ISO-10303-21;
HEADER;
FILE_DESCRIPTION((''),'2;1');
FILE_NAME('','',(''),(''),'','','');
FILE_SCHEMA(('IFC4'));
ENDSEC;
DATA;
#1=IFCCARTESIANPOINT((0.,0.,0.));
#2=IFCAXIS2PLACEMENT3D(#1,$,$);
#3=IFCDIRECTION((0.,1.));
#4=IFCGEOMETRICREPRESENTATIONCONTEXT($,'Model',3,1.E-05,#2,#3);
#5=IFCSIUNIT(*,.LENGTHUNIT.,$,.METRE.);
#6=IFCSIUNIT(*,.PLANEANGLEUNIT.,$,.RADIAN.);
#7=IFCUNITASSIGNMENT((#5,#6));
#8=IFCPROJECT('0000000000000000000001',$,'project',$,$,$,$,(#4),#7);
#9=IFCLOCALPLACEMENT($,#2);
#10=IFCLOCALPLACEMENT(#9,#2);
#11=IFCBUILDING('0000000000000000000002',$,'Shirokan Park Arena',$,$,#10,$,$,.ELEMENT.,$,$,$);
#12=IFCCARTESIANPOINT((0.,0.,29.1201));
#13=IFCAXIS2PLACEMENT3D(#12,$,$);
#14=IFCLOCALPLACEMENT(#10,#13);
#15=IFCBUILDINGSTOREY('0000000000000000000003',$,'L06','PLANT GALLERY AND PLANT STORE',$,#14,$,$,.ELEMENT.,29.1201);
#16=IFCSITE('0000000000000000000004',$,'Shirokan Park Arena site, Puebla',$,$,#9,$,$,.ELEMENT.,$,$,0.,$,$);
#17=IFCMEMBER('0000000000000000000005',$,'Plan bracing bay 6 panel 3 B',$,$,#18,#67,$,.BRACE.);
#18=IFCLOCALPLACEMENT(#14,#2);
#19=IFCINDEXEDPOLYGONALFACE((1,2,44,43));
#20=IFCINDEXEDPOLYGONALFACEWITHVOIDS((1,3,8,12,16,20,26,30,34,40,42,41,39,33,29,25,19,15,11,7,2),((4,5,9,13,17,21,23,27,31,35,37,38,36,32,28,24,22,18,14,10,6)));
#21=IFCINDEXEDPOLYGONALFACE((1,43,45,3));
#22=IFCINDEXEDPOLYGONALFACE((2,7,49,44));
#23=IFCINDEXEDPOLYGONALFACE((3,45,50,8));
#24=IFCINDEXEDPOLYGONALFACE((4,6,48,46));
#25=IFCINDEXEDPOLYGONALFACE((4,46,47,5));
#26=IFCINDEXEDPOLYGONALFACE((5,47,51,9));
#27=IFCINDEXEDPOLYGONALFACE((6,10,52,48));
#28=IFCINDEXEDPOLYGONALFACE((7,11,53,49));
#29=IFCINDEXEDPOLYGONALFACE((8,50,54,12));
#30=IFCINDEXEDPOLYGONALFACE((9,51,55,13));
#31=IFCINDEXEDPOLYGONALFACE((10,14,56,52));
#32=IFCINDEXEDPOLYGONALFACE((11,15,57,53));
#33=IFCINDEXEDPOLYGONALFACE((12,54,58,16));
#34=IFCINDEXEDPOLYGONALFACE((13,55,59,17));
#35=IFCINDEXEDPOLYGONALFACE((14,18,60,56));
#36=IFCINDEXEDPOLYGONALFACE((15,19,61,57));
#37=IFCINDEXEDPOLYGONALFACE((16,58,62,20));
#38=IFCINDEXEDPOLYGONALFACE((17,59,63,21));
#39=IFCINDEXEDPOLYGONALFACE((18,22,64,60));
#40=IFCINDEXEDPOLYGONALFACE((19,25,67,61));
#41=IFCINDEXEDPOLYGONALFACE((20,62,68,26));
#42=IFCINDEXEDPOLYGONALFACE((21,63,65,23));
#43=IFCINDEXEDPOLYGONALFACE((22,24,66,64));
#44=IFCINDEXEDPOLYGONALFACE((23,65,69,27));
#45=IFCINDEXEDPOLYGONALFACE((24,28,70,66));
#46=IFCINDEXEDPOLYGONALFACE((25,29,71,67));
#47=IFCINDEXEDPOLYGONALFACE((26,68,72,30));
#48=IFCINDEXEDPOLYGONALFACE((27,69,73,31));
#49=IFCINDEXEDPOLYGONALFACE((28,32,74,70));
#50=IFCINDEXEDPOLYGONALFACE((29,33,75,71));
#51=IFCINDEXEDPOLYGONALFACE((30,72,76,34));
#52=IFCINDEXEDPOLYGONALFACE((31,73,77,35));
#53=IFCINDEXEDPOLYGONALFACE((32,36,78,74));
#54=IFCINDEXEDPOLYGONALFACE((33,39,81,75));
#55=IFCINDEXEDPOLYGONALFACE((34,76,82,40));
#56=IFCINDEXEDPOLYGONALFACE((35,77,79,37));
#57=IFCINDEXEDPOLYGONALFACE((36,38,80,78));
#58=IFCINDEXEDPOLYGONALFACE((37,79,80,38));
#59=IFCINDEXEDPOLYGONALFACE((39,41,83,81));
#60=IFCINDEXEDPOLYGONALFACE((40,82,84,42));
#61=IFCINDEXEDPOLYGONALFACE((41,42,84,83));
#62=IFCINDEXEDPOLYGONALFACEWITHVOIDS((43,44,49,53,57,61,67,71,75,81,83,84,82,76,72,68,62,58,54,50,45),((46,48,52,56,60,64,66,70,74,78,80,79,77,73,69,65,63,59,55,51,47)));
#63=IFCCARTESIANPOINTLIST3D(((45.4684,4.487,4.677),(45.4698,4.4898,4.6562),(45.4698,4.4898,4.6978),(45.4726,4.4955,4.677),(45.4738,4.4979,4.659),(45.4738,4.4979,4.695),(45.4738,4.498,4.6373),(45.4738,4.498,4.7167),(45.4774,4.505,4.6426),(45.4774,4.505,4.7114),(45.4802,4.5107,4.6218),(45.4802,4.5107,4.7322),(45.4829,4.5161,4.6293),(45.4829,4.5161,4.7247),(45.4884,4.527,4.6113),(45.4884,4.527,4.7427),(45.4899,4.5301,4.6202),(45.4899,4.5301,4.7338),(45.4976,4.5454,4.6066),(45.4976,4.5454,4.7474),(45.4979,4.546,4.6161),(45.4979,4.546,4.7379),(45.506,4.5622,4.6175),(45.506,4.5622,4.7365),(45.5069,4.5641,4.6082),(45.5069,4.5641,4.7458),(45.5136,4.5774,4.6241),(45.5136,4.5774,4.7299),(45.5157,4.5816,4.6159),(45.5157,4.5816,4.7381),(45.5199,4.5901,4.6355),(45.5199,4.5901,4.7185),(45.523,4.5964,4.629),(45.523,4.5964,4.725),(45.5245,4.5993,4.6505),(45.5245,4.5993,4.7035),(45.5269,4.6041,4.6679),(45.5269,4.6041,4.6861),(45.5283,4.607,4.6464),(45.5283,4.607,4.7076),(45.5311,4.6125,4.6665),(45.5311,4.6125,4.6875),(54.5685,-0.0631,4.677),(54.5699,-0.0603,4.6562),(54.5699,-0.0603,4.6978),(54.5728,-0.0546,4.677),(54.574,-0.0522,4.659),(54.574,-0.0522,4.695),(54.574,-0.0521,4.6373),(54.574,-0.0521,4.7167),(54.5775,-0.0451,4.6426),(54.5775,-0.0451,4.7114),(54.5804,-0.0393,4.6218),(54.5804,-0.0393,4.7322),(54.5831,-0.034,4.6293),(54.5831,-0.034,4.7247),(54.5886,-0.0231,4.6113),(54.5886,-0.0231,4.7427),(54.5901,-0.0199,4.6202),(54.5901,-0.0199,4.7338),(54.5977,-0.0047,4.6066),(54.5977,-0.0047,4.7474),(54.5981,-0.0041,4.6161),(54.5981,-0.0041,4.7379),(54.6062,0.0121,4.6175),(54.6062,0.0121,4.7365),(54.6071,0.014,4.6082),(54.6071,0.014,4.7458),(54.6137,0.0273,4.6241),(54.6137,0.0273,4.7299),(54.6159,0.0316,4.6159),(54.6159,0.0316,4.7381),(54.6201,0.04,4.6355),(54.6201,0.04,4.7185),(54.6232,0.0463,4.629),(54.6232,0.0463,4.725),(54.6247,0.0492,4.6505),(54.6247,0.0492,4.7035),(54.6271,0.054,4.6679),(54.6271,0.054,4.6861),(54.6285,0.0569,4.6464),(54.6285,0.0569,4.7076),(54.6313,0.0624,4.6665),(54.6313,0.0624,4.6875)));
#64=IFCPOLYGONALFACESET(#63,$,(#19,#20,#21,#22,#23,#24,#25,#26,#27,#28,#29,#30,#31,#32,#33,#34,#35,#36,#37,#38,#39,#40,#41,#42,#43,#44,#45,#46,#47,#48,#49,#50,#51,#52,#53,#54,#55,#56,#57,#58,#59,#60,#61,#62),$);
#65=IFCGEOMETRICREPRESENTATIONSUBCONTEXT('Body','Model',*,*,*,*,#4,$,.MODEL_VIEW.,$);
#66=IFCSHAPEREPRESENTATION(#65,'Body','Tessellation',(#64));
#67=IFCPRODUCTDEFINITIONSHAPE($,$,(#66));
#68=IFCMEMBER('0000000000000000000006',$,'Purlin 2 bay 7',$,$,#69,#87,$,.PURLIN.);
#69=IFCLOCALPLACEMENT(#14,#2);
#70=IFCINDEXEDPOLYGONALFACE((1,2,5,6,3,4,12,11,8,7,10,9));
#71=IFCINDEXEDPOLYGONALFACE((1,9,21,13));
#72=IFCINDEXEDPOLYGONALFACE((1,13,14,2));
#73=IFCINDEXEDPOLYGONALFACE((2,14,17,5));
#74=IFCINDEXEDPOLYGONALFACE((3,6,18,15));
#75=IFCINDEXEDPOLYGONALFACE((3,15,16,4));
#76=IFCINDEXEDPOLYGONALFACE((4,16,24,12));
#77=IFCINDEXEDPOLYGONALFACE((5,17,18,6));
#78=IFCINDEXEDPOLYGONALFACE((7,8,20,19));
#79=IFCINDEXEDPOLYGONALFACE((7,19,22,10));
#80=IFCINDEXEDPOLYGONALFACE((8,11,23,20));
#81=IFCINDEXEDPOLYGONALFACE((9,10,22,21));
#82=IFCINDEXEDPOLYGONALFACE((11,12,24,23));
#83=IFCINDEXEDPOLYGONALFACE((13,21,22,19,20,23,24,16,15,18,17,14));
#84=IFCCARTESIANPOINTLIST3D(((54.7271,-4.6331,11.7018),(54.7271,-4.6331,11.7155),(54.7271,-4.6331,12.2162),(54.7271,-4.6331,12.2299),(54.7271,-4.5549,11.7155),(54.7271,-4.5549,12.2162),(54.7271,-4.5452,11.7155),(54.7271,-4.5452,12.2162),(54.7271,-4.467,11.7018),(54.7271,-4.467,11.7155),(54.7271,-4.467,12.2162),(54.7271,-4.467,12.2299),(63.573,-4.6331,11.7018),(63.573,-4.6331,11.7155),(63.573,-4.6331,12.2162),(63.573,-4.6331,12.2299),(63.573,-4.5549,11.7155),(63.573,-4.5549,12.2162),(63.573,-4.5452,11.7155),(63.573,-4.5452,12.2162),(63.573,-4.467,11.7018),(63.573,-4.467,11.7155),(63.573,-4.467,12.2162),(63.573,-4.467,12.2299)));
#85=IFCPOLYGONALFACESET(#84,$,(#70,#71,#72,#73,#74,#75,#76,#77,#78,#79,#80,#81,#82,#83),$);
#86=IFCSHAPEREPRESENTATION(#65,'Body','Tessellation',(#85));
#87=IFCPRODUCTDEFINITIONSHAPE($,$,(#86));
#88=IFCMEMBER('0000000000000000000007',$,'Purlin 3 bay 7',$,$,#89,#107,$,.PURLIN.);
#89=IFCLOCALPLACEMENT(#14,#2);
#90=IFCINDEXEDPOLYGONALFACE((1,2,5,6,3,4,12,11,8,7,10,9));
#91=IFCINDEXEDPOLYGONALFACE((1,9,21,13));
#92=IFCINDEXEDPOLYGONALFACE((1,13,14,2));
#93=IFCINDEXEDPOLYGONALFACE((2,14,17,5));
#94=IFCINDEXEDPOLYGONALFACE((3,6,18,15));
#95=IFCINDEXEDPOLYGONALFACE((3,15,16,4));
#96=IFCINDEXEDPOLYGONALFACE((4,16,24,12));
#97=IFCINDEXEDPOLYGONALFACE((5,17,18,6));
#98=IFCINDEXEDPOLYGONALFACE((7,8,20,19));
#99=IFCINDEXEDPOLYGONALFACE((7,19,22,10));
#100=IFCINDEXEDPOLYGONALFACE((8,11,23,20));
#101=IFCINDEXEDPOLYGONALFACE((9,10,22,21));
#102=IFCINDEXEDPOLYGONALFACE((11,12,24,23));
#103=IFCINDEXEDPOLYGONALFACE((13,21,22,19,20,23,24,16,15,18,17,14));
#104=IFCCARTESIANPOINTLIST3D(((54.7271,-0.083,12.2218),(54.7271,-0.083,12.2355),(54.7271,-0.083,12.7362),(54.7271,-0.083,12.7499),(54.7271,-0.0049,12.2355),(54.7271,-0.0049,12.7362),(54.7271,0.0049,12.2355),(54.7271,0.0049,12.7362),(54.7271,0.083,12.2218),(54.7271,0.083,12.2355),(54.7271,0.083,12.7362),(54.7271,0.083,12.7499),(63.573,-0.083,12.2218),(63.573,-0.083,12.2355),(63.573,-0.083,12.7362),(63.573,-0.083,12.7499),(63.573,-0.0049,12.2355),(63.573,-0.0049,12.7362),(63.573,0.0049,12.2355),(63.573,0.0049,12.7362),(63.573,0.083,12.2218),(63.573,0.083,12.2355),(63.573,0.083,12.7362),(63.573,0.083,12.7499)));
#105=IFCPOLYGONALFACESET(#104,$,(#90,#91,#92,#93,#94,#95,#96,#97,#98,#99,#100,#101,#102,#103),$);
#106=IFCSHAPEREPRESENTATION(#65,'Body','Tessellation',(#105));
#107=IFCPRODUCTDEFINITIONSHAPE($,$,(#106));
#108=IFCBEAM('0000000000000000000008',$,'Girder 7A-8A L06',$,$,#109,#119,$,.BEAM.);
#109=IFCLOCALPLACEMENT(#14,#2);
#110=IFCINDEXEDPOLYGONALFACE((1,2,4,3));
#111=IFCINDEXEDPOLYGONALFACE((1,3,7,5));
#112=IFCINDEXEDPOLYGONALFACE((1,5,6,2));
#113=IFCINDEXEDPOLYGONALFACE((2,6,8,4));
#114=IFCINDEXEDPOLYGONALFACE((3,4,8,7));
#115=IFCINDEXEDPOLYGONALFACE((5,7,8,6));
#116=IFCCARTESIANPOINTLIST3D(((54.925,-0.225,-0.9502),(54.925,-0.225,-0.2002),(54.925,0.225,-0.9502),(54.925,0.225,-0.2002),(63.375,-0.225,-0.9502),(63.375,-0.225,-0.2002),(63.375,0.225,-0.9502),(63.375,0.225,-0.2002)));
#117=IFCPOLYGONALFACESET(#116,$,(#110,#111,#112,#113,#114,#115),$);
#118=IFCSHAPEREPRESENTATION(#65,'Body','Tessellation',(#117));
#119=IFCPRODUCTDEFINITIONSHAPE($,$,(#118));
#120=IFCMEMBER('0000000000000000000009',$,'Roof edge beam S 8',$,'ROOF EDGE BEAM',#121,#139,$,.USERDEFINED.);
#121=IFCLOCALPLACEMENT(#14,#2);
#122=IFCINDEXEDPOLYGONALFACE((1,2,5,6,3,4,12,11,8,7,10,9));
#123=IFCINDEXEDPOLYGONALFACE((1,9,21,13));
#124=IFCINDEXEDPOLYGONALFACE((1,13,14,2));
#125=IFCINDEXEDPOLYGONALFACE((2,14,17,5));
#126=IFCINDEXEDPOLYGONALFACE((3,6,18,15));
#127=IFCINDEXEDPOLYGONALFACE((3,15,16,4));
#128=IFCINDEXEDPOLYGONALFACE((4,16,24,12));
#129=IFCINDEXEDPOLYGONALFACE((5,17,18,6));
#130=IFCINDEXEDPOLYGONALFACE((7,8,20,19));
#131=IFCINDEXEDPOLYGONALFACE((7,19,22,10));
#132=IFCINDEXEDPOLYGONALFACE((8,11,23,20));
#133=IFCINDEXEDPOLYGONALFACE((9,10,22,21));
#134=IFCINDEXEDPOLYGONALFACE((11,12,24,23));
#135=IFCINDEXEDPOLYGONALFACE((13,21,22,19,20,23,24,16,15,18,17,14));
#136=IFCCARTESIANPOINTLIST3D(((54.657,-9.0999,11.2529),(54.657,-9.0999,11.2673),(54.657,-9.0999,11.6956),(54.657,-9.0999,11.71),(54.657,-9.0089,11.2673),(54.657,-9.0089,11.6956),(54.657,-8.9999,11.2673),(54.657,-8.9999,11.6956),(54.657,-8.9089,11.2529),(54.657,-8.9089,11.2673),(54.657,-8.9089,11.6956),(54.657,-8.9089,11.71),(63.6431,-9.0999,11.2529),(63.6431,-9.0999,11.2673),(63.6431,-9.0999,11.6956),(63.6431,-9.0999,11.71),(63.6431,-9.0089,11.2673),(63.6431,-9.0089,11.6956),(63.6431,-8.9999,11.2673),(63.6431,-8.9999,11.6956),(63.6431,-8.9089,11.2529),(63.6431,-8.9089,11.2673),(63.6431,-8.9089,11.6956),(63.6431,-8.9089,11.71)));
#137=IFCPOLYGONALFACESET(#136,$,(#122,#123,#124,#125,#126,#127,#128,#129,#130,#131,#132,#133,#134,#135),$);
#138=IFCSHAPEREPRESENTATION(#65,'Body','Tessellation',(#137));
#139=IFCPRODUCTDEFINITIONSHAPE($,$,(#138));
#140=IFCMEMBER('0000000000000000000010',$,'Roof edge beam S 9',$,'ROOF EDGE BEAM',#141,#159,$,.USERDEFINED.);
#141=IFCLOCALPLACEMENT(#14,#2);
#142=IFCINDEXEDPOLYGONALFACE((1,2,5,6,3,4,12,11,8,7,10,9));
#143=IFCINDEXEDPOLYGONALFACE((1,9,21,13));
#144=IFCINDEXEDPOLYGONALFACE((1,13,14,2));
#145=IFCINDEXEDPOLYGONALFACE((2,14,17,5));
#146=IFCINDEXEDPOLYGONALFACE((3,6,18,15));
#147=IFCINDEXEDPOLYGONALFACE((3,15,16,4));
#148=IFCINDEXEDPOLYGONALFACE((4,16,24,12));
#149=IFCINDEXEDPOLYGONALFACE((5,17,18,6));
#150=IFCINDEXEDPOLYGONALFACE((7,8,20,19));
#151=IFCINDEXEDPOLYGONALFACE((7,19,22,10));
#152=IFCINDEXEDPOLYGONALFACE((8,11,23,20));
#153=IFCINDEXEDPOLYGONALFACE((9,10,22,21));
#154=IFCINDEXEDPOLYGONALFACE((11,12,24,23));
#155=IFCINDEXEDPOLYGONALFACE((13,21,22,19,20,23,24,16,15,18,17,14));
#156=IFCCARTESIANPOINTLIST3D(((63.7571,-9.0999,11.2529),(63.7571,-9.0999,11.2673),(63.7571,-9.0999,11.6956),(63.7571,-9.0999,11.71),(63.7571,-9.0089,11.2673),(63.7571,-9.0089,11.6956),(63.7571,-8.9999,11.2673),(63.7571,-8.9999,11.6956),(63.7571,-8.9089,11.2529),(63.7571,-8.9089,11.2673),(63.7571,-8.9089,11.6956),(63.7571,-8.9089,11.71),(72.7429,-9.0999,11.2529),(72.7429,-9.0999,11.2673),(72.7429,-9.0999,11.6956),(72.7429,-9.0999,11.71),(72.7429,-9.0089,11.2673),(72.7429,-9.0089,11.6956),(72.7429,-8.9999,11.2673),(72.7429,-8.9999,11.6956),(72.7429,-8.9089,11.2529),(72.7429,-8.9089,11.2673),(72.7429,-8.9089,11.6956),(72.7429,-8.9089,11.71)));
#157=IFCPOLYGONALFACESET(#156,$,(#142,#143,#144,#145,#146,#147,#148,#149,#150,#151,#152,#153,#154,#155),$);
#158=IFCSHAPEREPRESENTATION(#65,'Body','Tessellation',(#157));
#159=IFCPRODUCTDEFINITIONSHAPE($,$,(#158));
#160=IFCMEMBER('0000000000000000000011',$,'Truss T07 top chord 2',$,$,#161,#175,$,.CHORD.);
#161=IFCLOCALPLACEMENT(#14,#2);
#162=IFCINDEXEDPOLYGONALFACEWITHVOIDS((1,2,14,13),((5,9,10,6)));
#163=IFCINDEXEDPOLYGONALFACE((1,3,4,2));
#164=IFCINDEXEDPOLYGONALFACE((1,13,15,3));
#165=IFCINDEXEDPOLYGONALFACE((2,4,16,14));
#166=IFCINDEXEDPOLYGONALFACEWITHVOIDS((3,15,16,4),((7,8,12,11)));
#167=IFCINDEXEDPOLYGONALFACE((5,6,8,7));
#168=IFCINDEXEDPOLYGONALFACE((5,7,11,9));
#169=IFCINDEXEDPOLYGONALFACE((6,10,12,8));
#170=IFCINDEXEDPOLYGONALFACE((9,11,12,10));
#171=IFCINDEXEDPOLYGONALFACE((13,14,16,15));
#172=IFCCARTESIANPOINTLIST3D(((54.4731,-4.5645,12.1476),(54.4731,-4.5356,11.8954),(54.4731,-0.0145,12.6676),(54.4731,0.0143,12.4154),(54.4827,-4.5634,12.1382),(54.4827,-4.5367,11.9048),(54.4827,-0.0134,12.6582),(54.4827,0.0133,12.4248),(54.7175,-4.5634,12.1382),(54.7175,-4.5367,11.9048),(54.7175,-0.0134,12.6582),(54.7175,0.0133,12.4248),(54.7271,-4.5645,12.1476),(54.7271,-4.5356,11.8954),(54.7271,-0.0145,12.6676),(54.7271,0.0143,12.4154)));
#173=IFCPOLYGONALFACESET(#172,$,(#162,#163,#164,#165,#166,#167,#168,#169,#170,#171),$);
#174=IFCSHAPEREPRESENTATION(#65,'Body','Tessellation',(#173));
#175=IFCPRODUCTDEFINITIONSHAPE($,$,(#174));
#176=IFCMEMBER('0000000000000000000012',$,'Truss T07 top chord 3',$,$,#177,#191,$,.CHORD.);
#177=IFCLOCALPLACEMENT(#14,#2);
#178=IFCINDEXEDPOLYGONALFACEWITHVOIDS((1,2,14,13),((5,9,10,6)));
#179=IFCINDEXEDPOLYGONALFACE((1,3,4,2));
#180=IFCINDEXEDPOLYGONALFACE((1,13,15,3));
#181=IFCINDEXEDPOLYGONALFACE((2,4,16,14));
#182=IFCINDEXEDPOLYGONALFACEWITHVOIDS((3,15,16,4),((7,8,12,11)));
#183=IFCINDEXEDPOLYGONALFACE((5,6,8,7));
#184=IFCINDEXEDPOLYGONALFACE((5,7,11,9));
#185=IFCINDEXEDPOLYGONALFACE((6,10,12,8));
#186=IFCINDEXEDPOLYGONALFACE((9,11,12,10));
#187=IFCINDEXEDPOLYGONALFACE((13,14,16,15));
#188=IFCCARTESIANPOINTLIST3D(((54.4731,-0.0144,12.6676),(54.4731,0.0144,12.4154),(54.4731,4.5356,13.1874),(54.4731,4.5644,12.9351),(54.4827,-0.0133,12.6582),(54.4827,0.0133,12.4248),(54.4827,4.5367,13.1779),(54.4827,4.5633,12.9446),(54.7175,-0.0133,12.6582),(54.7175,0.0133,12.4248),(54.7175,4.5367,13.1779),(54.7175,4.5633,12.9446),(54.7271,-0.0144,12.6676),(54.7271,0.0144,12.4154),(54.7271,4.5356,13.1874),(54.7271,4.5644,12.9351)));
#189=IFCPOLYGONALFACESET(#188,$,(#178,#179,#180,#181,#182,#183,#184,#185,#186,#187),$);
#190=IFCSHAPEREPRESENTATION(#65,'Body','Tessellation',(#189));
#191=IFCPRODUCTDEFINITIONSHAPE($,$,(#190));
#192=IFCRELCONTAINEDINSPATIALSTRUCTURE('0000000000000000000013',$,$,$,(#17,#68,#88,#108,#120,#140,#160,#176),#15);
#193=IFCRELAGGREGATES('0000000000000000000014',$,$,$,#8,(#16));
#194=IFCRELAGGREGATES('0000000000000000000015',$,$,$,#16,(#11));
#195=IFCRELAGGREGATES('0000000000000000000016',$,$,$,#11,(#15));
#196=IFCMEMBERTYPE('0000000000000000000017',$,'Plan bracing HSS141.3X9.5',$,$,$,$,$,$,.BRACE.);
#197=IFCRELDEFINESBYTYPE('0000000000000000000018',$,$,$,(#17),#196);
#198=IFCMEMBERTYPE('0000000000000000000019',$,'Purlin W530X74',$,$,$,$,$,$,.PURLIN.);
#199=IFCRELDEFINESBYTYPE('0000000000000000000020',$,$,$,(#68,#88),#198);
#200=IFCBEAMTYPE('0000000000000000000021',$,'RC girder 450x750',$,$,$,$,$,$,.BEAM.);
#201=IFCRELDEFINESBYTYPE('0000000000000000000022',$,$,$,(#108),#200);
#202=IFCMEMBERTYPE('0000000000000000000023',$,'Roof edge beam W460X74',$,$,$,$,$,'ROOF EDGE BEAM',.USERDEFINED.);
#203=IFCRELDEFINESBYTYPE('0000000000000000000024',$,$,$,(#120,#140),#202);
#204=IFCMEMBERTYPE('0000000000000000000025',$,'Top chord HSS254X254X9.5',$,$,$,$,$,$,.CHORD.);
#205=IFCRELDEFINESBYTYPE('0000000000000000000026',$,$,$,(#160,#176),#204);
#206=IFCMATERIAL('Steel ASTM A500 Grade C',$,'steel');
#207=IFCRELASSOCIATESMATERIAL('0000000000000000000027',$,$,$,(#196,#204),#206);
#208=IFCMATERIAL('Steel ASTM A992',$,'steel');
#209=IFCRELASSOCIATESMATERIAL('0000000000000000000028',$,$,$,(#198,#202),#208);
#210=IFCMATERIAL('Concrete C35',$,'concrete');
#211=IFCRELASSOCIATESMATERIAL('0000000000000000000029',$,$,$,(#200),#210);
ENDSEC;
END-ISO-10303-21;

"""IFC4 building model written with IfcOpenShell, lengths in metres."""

from ifc_helpers import new_model, si_unit, direction, frame, origin, origin_2d, place, context, subcontext, project, spatial, rectangle, hollow_rectangle, hollow_circle, i_section, extrude, material, material_profile, profile_set, type_object, element, save


model = new_model("IFC4")

# Units and contexts
model_context = context("Model", 3, precision=1e-05, world=origin(), true_north=direction((0.0, 1.0)))
body_context = subcontext(model_context, "Body", "Model", "MODEL_VIEW")
ifc_project = project(units=[si_unit("LENGTHUNIT", "METRE"), si_unit("PLANEANGLEUNIT", "RADIAN")], contexts=[model_context])

# Site, building, storey
site_placement = place(None, origin())
site = spatial("IfcSite", under=ifc_project, at=site_placement, Name="Shirokan Park Arena site, Puebla", CompositionType="ELEMENT", RefElevation=0.0)
building_placement = place(site_placement, origin())
building = spatial("IfcBuilding", under=site, at=building_placement, Name="Shirokan Park Arena", CompositionType="ELEMENT")
storey_placement = place(building_placement, frame((0.0, 0.0, 29.1201)))
storey = spatial("IfcBuildingStorey", under=building, at=storey_placement, Name="L06", Description="PLANT GALLERY AND PLANT STORE", CompositionType="ELEMENT", Elevation=29.1201)

# Shared definitions
ifc_material_1 = material(Name="Concrete C35", Category="concrete")

# Members
ifc_material_2 = material(Name="Steel ASTM A500 Grade C", Category="steel")
ifc_material_profile_1 = material_profile(ifc_material_2, hollow_circle(Radius=0.0706, WallThickness=0.0095, at=origin_2d()), Name="HSS141.3X9.5")
ifc_profile_set_1 = profile_set([ifc_material_profile_1], Name="Steel ASTM A500 Grade C")
member_type_1 = type_object("IfcMemberType", Name="Plan bracing HSS141.3X9.5", PredefinedType="BRACE", material=ifc_profile_set_1)
member_1_placement = place(storey_placement, frame((54.6001, 0.0, 4.677), z_axis=(-0.894427, 0.447214, 0.0), x_axis=(-0.447214, -0.894427, 0.0)))
element("IfcMember", 1, at=member_1_placement, inside=storey, type_object=member_type_1, Name="Plan bracing bay 6 panel 3 B", PredefinedType="BRACE", context=body_context, shape_type="SweptSolid", body=[
    extrude(hollow_circle(Radius=0.0706, WallThickness=0.0095, at=origin_2d()), origin(), (0.0, 0.0, 1.0), 10.1743),
])
ifc_material_3 = material(Name="Steel ASTM A992", Category="steel")
ifc_material_profile_2 = material_profile(ifc_material_3, i_section(OverallWidth=0.166, OverallDepth=0.5281, WebThickness=0.0098, FlangeThickness=0.0137, at=origin_2d()), Name="W530X74")
ifc_profile_set_2 = profile_set([ifc_material_profile_2], Name="Steel ASTM A992")
member_type_2 = type_object("IfcMemberType", Name="Purlin W530X74", PredefinedType="PURLIN", material=ifc_profile_set_2)
for number, where, z_axis, x_axis, name in (
    (2, (54.7271, -4.55, 11.9658), (1.0, 0.0, 0.0), (0.0, 1.0, 0.0), "Purlin 2 bay 7"),
    (3, (54.7271, 0.0, 12.4858), (1.0, 0.0, 0.0), (0.0, 1.0, 0.0), "Purlin 3 bay 7"),
):
    element("IfcMember", number, at=place(storey_placement, frame(where, z_axis=z_axis, x_axis=x_axis)), inside=storey, type_object=member_type_2, Name=name, PredefinedType="PURLIN", context=body_context, shape_type="SweptSolid", body=[
        extrude(i_section(OverallWidth=0.166, OverallDepth=0.5281, WebThickness=0.0098, FlangeThickness=0.0137, at=origin_2d()), origin(), (0.0, 0.0, 1.0), 8.8459),
    ])

# Beam
ifc_material_profile_3 = material_profile(ifc_material_1, rectangle(XDim=0.45, YDim=0.75, at=origin_2d()), Name="450x750")
ifc_profile_set_3 = profile_set([ifc_material_profile_3], Name="Concrete C35")
beam_type = type_object("IfcBeamType", Name="RC girder 450x750", PredefinedType="BEAM", material=ifc_profile_set_3)
beam_placement = place(storey_placement, frame((54.925, 0.0, -0.5752), z_axis=(1.0, 0.0, 0.0), x_axis=(0.0, 1.0, 0.0)))
element("IfcBeam", 4, at=beam_placement, inside=storey, type_object=beam_type, Name="Girder 7A-8A L06", PredefinedType="BEAM", context=body_context, shape_type="SweptSolid", body=[
    extrude(rectangle(XDim=0.45, YDim=0.75, at=origin_2d()), origin(), (0.0, 0.0, 1.0), 8.45),
])

# Members
ifc_material_profile_4 = material_profile(ifc_material_3, i_section(OverallWidth=0.1909, OverallDepth=0.457, WebThickness=0.009, FlangeThickness=0.0144, at=origin_2d()), Name="W460X74")
ifc_profile_set_4 = profile_set([ifc_material_profile_4], Name="Steel ASTM A992")
member_type_3 = type_object("IfcMemberType", Name="Roof edge beam W460X74", ElementType="ROOF EDGE BEAM", PredefinedType="USERDEFINED", material=ifc_profile_set_4)
member_2_placement = place(storey_placement, frame((54.657, -9.0044, 11.4814), z_axis=(1.0, 0.0, 0.0), x_axis=(0.0, 1.0, 0.0)))
element("IfcMember", 5, at=member_2_placement, inside=storey, type_object=member_type_3, Name="Roof edge beam S 8", ObjectType="ROOF EDGE BEAM", PredefinedType="USERDEFINED", context=body_context, shape_type="SweptSolid", body=[
    extrude(i_section(OverallWidth=0.1909, OverallDepth=0.457, WebThickness=0.009, FlangeThickness=0.0144, at=origin_2d()), origin(), (0.0, 0.0, 1.0), 8.9861),
])
member_3_placement = place(storey_placement, frame((63.7571, -9.0044, 11.4814), z_axis=(1.0, 0.0, 0.0), x_axis=(0.0, 1.0, 0.0)))
element("IfcMember", 6, at=member_3_placement, inside=storey, type_object=member_type_3, Name="Roof edge beam S 9", ObjectType="ROOF EDGE BEAM", PredefinedType="USERDEFINED", context=body_context, shape_type="SweptSolid", body=[
    extrude(i_section(OverallWidth=0.1909, OverallDepth=0.457, WebThickness=0.009, FlangeThickness=0.0144, at=origin_2d()), origin(), (0.0, 0.0, 1.0), 8.9858),
])
ifc_material_profile_5 = material_profile(ifc_material_2, hollow_rectangle(XDim=0.2539, YDim=0.2539, WallThickness=0.0095, at=origin_2d()), Name="HSS254X254X9.5")
ifc_profile_set_5 = profile_set([ifc_material_profile_5], Name="Steel ASTM A500 Grade C")
member_type_4 = type_object("IfcMemberType", Name="Top chord HSS254X254X9.5", PredefinedType="CHORD", material=ifc_profile_set_5)
for number, where, z_axis, x_axis, name in (
    (7, (54.6001, -4.55, 12.0215), (0.0, 0.993532, 0.11355), (-1.0, 0.0, 0.0), "Truss T07 top chord 2"),
    (8, (54.6001, 0.0, 12.5415), (0.0, 0.993538, 0.113497), (-1.0, 0.0, 0.0), "Truss T07 top chord 3"),
):
    element("IfcMember", number, at=place(storey_placement, frame(where, z_axis=z_axis, x_axis=x_axis)), inside=storey, type_object=member_type_4, Name=name, PredefinedType="CHORD", context=body_context, shape_type="SweptSolid", body=[
        extrude(hollow_rectangle(XDim=0.2539, YDim=0.2539, WallThickness=0.0095, at=origin_2d()), origin(), (0.0, 0.0, 1.0), 4.5796),
    ])

save(model, "model.ifc")
